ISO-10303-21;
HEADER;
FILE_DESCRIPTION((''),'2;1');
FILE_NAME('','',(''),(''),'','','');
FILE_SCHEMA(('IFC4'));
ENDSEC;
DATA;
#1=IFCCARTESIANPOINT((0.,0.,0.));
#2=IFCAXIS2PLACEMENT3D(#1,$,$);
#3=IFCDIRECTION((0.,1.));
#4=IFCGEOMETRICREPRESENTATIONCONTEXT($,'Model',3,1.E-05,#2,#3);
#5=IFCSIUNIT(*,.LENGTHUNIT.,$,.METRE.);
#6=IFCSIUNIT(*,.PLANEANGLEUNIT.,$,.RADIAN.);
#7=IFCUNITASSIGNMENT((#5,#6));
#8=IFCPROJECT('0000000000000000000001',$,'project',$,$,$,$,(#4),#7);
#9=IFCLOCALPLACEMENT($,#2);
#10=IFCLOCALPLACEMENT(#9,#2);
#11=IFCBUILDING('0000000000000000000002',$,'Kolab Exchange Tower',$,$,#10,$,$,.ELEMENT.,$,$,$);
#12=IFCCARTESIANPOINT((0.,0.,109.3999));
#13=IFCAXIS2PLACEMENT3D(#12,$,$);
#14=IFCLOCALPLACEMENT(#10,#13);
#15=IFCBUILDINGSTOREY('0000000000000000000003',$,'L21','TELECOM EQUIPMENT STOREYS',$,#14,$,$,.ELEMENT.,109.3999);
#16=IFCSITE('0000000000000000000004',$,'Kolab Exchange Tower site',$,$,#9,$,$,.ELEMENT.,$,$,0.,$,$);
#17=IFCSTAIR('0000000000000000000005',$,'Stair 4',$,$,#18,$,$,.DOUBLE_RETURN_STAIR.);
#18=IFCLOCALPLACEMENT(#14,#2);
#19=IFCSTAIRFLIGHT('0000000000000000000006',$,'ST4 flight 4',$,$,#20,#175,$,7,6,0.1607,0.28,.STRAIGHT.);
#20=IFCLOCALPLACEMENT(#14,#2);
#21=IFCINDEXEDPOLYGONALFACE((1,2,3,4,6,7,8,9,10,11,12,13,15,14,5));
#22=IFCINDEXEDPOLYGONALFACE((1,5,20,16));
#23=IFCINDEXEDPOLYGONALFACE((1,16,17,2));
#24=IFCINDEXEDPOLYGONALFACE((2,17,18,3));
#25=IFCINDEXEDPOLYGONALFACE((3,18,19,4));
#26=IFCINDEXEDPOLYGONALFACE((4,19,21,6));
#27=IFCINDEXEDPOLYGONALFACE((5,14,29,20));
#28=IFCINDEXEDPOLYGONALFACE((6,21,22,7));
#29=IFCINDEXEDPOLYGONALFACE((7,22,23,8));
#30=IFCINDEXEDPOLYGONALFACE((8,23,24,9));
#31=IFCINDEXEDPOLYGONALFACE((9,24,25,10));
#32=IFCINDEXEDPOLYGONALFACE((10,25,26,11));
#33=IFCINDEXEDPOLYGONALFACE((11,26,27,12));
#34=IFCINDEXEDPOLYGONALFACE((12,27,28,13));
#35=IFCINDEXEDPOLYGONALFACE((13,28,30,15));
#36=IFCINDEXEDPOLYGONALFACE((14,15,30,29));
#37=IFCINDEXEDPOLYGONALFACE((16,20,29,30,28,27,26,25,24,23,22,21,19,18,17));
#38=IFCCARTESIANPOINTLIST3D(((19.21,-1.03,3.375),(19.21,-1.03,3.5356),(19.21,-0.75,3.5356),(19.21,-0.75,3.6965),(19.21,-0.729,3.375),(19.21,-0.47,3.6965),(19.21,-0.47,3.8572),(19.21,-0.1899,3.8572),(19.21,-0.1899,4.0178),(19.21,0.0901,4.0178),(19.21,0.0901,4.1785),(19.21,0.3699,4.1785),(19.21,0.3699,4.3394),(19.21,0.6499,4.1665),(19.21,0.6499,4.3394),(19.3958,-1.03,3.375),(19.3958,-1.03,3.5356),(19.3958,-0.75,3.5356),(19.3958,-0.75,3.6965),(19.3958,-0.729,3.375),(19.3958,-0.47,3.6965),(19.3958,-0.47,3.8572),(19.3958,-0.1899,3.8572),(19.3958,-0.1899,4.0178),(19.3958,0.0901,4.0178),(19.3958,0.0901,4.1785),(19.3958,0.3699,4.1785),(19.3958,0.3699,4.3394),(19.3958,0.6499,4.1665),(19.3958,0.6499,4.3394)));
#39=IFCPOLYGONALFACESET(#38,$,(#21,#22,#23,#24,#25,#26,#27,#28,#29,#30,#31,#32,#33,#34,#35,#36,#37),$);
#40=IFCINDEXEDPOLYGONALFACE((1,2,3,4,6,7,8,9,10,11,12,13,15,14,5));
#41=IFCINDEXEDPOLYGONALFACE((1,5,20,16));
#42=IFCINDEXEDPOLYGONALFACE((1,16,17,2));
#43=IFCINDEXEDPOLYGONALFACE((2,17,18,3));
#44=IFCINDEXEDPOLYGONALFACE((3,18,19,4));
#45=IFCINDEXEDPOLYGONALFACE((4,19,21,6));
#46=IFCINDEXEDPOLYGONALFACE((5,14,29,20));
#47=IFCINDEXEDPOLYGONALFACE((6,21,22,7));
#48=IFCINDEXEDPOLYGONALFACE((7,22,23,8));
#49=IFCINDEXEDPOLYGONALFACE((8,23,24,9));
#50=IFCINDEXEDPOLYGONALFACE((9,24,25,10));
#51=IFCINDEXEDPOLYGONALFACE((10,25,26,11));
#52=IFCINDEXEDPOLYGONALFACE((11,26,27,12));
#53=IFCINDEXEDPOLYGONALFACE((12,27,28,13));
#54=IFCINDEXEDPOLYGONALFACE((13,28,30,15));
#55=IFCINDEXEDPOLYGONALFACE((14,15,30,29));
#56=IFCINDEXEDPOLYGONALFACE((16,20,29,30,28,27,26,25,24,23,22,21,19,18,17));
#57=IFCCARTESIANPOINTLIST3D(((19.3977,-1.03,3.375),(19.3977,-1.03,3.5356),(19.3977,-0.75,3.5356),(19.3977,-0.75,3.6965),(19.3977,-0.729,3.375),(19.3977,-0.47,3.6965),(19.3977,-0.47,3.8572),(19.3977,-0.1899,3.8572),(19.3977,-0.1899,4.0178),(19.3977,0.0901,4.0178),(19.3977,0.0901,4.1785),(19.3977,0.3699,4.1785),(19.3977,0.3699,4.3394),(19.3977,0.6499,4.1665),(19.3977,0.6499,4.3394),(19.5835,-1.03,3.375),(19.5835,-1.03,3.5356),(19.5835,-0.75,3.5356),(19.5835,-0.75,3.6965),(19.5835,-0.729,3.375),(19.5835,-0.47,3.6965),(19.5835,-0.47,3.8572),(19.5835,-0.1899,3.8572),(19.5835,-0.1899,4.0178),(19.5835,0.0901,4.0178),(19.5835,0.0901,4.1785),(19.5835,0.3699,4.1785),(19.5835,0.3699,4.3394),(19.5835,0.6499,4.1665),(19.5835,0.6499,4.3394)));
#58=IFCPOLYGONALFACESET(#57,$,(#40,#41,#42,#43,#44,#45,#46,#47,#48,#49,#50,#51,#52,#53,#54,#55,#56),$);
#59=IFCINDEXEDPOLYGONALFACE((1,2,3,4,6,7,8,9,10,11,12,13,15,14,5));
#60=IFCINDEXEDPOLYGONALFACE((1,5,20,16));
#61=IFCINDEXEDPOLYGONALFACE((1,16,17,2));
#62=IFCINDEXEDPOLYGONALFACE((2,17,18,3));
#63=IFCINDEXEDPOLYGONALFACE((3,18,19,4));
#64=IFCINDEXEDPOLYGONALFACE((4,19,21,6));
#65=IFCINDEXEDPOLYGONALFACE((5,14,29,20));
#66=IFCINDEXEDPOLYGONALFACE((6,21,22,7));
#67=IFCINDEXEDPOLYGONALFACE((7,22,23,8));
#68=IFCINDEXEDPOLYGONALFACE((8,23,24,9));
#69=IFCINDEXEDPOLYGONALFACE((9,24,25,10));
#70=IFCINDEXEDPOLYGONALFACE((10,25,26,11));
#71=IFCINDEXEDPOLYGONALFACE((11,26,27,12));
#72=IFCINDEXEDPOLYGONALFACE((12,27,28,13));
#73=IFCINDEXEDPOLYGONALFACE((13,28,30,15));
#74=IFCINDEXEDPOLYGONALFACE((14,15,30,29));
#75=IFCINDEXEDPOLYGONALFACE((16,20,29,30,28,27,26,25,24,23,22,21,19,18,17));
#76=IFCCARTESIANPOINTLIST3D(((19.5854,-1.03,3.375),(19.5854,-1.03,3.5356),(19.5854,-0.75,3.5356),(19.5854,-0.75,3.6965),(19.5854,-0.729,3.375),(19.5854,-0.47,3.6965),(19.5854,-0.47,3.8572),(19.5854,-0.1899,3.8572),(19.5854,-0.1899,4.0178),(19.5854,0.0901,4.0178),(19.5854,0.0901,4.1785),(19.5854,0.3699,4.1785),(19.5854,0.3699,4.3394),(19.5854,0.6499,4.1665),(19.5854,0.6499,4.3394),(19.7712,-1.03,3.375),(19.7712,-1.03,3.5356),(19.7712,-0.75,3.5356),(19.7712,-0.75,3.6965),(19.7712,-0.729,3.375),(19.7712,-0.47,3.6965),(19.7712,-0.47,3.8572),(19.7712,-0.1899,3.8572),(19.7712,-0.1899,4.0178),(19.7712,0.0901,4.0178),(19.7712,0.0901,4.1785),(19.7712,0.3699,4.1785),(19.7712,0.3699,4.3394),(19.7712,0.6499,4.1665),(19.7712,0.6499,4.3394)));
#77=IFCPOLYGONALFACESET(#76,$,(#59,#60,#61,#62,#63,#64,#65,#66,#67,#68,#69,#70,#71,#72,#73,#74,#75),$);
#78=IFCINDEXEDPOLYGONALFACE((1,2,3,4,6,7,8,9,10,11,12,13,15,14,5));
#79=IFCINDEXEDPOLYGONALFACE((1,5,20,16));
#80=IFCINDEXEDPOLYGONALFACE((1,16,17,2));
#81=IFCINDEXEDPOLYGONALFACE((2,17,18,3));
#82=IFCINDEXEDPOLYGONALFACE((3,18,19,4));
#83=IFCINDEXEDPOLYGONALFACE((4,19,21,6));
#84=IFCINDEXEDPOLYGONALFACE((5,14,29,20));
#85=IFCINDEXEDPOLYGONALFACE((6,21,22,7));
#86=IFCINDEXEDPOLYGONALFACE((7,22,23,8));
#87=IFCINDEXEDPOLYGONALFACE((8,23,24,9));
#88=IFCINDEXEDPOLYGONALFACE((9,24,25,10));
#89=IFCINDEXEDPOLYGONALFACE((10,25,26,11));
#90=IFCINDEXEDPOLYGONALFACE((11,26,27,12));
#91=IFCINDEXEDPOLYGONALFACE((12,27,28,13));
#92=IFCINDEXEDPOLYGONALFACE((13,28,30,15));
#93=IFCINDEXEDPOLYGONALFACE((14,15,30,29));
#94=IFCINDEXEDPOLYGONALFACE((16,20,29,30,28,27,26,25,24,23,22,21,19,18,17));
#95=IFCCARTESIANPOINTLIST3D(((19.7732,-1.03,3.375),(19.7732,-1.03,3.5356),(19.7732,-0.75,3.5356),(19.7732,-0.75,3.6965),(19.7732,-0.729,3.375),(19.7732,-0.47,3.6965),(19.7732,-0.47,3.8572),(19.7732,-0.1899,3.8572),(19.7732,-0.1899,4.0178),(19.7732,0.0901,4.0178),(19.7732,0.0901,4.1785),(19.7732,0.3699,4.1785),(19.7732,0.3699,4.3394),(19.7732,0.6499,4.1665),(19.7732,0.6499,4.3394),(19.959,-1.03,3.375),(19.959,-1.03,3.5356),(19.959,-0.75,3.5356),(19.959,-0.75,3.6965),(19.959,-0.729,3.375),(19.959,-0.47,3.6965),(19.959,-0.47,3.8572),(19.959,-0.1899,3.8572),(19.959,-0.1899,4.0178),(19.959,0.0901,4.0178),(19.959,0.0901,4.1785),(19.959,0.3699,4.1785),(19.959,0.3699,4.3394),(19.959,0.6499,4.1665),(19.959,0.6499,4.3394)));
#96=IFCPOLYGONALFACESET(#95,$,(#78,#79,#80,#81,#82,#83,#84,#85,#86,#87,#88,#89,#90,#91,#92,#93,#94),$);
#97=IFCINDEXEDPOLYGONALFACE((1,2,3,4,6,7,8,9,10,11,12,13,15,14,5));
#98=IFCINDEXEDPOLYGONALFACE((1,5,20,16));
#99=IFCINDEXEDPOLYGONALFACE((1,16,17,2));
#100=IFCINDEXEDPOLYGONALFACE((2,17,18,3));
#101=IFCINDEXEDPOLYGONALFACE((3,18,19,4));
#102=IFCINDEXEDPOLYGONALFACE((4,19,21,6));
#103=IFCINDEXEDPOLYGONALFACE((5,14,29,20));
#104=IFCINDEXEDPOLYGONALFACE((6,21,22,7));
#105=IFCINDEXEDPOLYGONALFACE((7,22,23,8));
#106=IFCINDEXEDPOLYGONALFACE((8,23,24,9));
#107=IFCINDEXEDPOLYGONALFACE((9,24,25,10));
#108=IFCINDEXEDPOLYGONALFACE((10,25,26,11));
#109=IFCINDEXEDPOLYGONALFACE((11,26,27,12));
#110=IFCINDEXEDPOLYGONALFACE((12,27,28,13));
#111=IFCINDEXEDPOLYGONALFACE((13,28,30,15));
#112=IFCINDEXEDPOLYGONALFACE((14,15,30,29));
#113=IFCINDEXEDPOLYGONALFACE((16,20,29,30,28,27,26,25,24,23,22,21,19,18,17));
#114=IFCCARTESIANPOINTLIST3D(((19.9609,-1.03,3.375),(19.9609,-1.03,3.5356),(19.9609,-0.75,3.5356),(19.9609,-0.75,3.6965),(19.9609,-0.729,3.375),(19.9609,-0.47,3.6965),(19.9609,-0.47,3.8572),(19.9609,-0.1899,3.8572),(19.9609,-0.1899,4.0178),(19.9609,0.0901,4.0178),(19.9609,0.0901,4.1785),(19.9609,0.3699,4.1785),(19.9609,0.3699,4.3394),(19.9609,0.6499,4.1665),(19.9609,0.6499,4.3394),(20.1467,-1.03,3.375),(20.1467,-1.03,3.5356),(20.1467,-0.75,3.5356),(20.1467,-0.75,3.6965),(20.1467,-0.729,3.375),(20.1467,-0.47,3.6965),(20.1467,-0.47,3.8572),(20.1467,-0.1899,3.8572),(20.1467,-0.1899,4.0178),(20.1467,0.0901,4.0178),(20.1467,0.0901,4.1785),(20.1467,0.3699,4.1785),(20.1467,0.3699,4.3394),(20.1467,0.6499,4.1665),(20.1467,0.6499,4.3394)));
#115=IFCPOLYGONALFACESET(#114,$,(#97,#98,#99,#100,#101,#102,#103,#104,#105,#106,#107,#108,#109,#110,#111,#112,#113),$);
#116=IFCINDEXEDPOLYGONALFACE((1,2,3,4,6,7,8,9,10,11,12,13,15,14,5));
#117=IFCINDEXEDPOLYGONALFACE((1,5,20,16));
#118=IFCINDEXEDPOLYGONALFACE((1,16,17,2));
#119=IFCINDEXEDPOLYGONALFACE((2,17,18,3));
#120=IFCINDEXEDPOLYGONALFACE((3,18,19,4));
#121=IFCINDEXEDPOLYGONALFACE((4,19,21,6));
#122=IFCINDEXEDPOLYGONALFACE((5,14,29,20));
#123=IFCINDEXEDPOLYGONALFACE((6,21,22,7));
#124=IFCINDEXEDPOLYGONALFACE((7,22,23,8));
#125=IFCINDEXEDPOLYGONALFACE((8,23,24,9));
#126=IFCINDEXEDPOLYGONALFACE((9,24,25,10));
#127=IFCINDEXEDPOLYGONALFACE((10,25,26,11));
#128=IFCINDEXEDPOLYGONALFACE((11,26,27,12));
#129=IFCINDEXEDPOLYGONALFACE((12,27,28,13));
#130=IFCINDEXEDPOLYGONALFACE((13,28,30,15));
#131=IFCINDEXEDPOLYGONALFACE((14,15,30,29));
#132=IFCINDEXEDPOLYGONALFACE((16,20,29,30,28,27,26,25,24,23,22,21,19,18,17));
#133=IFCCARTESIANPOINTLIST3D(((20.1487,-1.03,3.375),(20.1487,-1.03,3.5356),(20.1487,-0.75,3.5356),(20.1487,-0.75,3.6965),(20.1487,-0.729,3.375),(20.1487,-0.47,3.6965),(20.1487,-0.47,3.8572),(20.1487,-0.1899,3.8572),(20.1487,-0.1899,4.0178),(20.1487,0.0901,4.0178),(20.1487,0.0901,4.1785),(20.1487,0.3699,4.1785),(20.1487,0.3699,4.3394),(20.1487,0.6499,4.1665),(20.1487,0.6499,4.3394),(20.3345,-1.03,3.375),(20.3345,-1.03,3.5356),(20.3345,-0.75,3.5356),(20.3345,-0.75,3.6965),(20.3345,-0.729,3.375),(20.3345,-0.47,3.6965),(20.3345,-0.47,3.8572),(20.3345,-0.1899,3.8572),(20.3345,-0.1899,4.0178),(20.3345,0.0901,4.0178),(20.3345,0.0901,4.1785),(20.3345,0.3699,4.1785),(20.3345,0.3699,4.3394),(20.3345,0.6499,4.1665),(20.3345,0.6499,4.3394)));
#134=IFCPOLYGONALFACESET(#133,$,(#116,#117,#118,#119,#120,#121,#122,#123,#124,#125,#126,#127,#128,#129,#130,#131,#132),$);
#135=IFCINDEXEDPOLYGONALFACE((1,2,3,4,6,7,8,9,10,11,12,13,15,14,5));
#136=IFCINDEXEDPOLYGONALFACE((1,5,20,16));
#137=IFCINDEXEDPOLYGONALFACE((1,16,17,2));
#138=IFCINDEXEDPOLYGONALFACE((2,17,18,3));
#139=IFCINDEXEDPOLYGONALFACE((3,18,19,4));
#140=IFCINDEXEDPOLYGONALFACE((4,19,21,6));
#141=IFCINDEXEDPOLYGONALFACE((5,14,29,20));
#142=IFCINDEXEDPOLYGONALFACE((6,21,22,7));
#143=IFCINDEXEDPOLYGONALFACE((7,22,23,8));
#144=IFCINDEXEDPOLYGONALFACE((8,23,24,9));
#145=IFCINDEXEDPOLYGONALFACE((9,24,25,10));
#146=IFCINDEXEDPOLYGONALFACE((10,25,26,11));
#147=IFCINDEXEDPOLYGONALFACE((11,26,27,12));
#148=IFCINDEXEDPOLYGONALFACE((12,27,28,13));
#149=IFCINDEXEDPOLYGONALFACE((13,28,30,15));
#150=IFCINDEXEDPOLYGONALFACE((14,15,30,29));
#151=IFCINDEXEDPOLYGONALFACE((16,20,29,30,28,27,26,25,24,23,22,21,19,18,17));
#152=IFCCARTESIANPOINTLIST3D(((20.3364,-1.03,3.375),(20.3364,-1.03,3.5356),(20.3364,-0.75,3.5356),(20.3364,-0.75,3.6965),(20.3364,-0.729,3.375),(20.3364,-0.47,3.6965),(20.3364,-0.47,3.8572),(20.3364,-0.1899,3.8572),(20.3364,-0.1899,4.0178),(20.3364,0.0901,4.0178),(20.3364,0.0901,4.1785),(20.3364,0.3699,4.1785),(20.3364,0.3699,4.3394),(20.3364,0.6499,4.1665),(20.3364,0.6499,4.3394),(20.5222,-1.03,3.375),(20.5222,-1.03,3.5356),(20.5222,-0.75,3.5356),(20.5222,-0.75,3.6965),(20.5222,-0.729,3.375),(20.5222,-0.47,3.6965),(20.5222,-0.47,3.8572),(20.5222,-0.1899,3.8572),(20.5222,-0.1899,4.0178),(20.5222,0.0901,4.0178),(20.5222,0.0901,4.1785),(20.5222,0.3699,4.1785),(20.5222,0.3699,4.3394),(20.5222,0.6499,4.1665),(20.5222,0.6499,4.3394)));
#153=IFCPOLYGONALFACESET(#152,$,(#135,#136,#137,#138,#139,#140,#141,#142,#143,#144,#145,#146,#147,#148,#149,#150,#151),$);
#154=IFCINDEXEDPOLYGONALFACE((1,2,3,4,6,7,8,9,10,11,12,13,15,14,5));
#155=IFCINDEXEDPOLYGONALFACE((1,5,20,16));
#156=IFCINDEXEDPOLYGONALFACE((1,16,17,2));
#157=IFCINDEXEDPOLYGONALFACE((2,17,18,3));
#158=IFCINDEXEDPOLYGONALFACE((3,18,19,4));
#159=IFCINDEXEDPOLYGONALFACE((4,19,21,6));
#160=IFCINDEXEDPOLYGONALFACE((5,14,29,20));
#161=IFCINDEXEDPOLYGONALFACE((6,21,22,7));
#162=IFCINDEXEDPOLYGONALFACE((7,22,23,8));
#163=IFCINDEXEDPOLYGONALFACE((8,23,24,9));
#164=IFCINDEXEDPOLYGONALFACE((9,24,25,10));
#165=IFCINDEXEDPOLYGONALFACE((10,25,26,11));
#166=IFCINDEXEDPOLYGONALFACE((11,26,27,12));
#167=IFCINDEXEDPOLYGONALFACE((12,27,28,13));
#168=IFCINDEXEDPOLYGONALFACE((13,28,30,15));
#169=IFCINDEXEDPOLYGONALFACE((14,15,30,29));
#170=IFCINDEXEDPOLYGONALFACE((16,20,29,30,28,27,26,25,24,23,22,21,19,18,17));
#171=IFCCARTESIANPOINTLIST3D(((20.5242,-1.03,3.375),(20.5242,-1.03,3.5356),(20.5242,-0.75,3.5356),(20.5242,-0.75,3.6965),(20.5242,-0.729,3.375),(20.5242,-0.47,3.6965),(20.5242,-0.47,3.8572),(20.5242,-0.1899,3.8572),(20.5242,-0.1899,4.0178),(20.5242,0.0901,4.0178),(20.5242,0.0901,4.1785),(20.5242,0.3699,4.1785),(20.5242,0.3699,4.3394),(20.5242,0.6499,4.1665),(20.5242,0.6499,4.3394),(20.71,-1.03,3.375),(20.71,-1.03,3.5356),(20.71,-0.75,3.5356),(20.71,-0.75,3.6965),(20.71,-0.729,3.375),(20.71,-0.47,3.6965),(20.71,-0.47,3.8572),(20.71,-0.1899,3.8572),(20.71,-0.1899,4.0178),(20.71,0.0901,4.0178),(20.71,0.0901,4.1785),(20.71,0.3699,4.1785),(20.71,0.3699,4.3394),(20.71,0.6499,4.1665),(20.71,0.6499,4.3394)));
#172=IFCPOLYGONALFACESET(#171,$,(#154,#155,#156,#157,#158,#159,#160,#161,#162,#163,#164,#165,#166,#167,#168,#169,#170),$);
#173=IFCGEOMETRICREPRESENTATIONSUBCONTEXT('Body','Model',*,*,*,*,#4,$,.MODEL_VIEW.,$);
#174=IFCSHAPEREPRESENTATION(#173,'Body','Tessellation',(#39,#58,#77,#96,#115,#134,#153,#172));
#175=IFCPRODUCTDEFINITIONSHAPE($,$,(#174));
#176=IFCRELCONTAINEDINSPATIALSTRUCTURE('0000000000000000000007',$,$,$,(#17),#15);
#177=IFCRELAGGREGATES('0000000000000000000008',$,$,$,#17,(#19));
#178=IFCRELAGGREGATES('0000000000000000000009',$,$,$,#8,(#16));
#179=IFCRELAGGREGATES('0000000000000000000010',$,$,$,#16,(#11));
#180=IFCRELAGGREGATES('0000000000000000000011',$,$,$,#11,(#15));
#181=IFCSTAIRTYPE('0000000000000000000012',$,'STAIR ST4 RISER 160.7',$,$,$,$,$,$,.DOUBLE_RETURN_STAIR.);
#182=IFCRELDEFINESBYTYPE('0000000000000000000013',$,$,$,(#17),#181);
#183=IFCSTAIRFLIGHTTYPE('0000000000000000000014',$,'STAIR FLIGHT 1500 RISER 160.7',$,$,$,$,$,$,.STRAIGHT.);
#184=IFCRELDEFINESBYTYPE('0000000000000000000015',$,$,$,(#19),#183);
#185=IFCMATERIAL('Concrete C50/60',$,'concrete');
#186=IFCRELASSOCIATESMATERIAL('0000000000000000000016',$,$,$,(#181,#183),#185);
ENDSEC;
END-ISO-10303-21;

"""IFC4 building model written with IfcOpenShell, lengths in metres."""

from ifc_helpers import new_model, si_unit, direction, frame, origin, place, context, subcontext, project, spatial, polyline, outline, extrude, material, type_object, element, aggregate, save


model = new_model("IFC4")

# Units and contexts
model_context = context("Model", 3, precision=1e-05, world=origin(), true_north=direction((0.0, 1.0)))
body_context = subcontext(model_context, "Body", "Model", "MODEL_VIEW")
ifc_project = project(units=[si_unit("LENGTHUNIT", "METRE"), si_unit("PLANEANGLEUNIT", "RADIAN")], contexts=[model_context])

# Site, building, storey
site_placement = place(None, origin())
site = spatial("IfcSite", under=ifc_project, at=site_placement, Name="Kolab Exchange Tower site", CompositionType="ELEMENT", RefElevation=0.0)
building_placement = place(site_placement, origin())
building = spatial("IfcBuilding", under=site, at=building_placement, Name="Kolab Exchange Tower", CompositionType="ELEMENT")
storey_placement = place(building_placement, frame((0.0, 0.0, 109.3999)))
storey = spatial("IfcBuildingStorey", under=building, at=storey_placement, Name="L21", Description="TELECOM EQUIPMENT STOREYS", CompositionType="ELEMENT", Elevation=109.3999)

# Shared definitions
ifc_material_1 = material(Name="Concrete C50/60", Category="concrete")

# Stair, stair flight
stair_type = type_object("IfcStairType", Name="STAIR ST4 RISER 160.7", PredefinedType="DOUBLE_RETURN_STAIR", material=ifc_material_1)
stair_placement = place(storey_placement, origin())
stair = element("IfcStair", 1, at=stair_placement, inside=storey, type_object=stair_type, Name="Stair 4", PredefinedType="DOUBLE_RETURN_STAIR")
stair_flight_type = type_object("IfcStairFlightType", Name="STAIR FLIGHT 1500 RISER 160.7", PredefinedType="STRAIGHT", material=ifc_material_1)
stair_flight_1_placement = place(storey_placement, frame((19.96, -1.03, 3.375), z_axis=(0.0, 0.0, 1.0), x_axis=(0.0, 1.0, 0.0)))
stair_flight_1 = element("IfcStairFlight", 2, at=stair_flight_1_placement, type_object=stair_flight_type, Name="ST4 flight 4", NumberOfRisers=7, NumberOfTreads=6, PredefinedType="STRAIGHT", RiserHeight=0.1607, TreadLength=0.28, context=body_context, shape_type="SweptSolid", body=[
    extrude(outline(polyline([(0.0, 0.0), (0.0, 0.1606), (0.28, 0.1606), (0.28, 0.3215), (0.5601, 0.3215), (0.5601, 0.4822), (0.8401, 0.4822), (0.8401, 0.6428), (1.1201, 0.6428), (1.1201, 0.8035), (1.3999, 0.8035), (1.3999, 0.9644), (1.6799, 0.9644), (1.6799, 1.125), (1.6799, 0.7915), (0.301, 0.0), (0.0, 0.0)])), frame((0.0, 0.75, 0.0), z_axis=(0.0, -1.0, 0.0), x_axis=(1.0, 0.0, 0.0)), (0.0, 0.0, 1.0), 0.1858),
    extrude(outline(polyline([(0.0, 0.0), (0.0, 0.1606), (0.28, 0.1606), (0.28, 0.3215), (0.5601, 0.3215), (0.5601, 0.4822), (0.8401, 0.4822), (0.8401, 0.6428), (1.1201, 0.6428), (1.1201, 0.8035), (1.3999, 0.8035), (1.3999, 0.9644), (1.6799, 0.9644), (1.6799, 1.125), (1.6799, 0.7915), (0.301, 0.0), (0.0, 0.0)])), frame((0.0, 0.5623, 0.0), z_axis=(0.0, -1.0, 0.0), x_axis=(1.0, 0.0, 0.0)), (0.0, 0.0, 1.0), 0.1858),
    extrude(outline(polyline([(0.0, 0.0), (0.0, 0.1606), (0.28, 0.1606), (0.28, 0.3215), (0.5601, 0.3215), (0.5601, 0.4822), (0.8401, 0.4822), (0.8401, 0.6428), (1.1201, 0.6428), (1.1201, 0.8035), (1.3999, 0.8035), (1.3999, 0.9644), (1.6799, 0.9644), (1.6799, 1.125), (1.6799, 0.7915), (0.301, 0.0), (0.0, 0.0)])), frame((0.0, 0.3745, 0.0), z_axis=(0.0, -1.0, 0.0), x_axis=(1.0, 0.0, 0.0)), (0.0, 0.0, 1.0), 0.1858),
    extrude(outline(polyline([(0.0, 0.0), (0.0, 0.1606), (0.28, 0.1606), (0.28, 0.3215), (0.5601, 0.3215), (0.5601, 0.4822), (0.8401, 0.4822), (0.8401, 0.6428), (1.1201, 0.6428), (1.1201, 0.8035), (1.3999, 0.8035), (1.3999, 0.9644), (1.6799, 0.9644), (1.6799, 1.125), (1.6799, 0.7915), (0.301, 0.0), (0.0, 0.0)])), frame((0.0, 0.1868, 0.0), z_axis=(0.0, -1.0, 0.0), x_axis=(1.0, 0.0, 0.0)), (0.0, 0.0, 1.0), 0.1858),
    extrude(outline(polyline([(0.0, 0.0), (0.0, 0.1606), (0.28, 0.1606), (0.28, 0.3215), (0.5601, 0.3215), (0.5601, 0.4822), (0.8401, 0.4822), (0.8401, 0.6428), (1.1201, 0.6428), (1.1201, 0.8035), (1.3999, 0.8035), (1.3999, 0.9644), (1.6799, 0.9644), (1.6799, 1.125), (1.6799, 0.7915), (0.301, 0.0), (0.0, 0.0)])), frame((0.0, -0.001, 0.0), z_axis=(0.0, -1.0, 0.0), x_axis=(1.0, 0.0, 0.0)), (0.0, 0.0, 1.0), 0.1858),
    extrude(outline(polyline([(0.0, 0.0), (0.0, 0.1606), (0.28, 0.1606), (0.28, 0.3215), (0.5601, 0.3215), (0.5601, 0.4822), (0.8401, 0.4822), (0.8401, 0.6428), (1.1201, 0.6428), (1.1201, 0.8035), (1.3999, 0.8035), (1.3999, 0.9644), (1.6799, 0.9644), (1.6799, 1.125), (1.6799, 0.7915), (0.301, 0.0), (0.0, 0.0)])), frame((0.0, -0.1887, 0.0), z_axis=(0.0, -1.0, 0.0), x_axis=(1.0, 0.0, 0.0)), (0.0, 0.0, 1.0), 0.1858),
    extrude(outline(polyline([(0.0, 0.0), (0.0, 0.1606), (0.28, 0.1606), (0.28, 0.3215), (0.5601, 0.3215), (0.5601, 0.4822), (0.8401, 0.4822), (0.8401, 0.6428), (1.1201, 0.6428), (1.1201, 0.8035), (1.3999, 0.8035), (1.3999, 0.9644), (1.6799, 0.9644), (1.6799, 1.125), (1.6799, 0.7915), (0.301, 0.0), (0.0, 0.0)])), frame((0.0, -0.3765, 0.0), z_axis=(0.0, -1.0, 0.0), x_axis=(1.0, 0.0, 0.0)), (0.0, 0.0, 1.0), 0.1858),
    extrude(outline(polyline([(0.0, 0.0), (0.0, 0.1606), (0.28, 0.1606), (0.28, 0.3215), (0.5601, 0.3215), (0.5601, 0.4822), (0.8401, 0.4822), (0.8401, 0.6428), (1.1201, 0.6428), (1.1201, 0.8035), (1.3999, 0.8035), (1.3999, 0.9644), (1.6799, 0.9644), (1.6799, 1.125), (1.6799, 0.7915), (0.301, 0.0), (0.0, 0.0)])), frame((0.0, -0.5642, 0.0), z_axis=(0.0, -1.0, 0.0), x_axis=(1.0, 0.0, 0.0)), (0.0, 0.0, 1.0), 0.1858),
])
aggregate(stair, [stair_flight_1])

save(model, "model.ifc")
